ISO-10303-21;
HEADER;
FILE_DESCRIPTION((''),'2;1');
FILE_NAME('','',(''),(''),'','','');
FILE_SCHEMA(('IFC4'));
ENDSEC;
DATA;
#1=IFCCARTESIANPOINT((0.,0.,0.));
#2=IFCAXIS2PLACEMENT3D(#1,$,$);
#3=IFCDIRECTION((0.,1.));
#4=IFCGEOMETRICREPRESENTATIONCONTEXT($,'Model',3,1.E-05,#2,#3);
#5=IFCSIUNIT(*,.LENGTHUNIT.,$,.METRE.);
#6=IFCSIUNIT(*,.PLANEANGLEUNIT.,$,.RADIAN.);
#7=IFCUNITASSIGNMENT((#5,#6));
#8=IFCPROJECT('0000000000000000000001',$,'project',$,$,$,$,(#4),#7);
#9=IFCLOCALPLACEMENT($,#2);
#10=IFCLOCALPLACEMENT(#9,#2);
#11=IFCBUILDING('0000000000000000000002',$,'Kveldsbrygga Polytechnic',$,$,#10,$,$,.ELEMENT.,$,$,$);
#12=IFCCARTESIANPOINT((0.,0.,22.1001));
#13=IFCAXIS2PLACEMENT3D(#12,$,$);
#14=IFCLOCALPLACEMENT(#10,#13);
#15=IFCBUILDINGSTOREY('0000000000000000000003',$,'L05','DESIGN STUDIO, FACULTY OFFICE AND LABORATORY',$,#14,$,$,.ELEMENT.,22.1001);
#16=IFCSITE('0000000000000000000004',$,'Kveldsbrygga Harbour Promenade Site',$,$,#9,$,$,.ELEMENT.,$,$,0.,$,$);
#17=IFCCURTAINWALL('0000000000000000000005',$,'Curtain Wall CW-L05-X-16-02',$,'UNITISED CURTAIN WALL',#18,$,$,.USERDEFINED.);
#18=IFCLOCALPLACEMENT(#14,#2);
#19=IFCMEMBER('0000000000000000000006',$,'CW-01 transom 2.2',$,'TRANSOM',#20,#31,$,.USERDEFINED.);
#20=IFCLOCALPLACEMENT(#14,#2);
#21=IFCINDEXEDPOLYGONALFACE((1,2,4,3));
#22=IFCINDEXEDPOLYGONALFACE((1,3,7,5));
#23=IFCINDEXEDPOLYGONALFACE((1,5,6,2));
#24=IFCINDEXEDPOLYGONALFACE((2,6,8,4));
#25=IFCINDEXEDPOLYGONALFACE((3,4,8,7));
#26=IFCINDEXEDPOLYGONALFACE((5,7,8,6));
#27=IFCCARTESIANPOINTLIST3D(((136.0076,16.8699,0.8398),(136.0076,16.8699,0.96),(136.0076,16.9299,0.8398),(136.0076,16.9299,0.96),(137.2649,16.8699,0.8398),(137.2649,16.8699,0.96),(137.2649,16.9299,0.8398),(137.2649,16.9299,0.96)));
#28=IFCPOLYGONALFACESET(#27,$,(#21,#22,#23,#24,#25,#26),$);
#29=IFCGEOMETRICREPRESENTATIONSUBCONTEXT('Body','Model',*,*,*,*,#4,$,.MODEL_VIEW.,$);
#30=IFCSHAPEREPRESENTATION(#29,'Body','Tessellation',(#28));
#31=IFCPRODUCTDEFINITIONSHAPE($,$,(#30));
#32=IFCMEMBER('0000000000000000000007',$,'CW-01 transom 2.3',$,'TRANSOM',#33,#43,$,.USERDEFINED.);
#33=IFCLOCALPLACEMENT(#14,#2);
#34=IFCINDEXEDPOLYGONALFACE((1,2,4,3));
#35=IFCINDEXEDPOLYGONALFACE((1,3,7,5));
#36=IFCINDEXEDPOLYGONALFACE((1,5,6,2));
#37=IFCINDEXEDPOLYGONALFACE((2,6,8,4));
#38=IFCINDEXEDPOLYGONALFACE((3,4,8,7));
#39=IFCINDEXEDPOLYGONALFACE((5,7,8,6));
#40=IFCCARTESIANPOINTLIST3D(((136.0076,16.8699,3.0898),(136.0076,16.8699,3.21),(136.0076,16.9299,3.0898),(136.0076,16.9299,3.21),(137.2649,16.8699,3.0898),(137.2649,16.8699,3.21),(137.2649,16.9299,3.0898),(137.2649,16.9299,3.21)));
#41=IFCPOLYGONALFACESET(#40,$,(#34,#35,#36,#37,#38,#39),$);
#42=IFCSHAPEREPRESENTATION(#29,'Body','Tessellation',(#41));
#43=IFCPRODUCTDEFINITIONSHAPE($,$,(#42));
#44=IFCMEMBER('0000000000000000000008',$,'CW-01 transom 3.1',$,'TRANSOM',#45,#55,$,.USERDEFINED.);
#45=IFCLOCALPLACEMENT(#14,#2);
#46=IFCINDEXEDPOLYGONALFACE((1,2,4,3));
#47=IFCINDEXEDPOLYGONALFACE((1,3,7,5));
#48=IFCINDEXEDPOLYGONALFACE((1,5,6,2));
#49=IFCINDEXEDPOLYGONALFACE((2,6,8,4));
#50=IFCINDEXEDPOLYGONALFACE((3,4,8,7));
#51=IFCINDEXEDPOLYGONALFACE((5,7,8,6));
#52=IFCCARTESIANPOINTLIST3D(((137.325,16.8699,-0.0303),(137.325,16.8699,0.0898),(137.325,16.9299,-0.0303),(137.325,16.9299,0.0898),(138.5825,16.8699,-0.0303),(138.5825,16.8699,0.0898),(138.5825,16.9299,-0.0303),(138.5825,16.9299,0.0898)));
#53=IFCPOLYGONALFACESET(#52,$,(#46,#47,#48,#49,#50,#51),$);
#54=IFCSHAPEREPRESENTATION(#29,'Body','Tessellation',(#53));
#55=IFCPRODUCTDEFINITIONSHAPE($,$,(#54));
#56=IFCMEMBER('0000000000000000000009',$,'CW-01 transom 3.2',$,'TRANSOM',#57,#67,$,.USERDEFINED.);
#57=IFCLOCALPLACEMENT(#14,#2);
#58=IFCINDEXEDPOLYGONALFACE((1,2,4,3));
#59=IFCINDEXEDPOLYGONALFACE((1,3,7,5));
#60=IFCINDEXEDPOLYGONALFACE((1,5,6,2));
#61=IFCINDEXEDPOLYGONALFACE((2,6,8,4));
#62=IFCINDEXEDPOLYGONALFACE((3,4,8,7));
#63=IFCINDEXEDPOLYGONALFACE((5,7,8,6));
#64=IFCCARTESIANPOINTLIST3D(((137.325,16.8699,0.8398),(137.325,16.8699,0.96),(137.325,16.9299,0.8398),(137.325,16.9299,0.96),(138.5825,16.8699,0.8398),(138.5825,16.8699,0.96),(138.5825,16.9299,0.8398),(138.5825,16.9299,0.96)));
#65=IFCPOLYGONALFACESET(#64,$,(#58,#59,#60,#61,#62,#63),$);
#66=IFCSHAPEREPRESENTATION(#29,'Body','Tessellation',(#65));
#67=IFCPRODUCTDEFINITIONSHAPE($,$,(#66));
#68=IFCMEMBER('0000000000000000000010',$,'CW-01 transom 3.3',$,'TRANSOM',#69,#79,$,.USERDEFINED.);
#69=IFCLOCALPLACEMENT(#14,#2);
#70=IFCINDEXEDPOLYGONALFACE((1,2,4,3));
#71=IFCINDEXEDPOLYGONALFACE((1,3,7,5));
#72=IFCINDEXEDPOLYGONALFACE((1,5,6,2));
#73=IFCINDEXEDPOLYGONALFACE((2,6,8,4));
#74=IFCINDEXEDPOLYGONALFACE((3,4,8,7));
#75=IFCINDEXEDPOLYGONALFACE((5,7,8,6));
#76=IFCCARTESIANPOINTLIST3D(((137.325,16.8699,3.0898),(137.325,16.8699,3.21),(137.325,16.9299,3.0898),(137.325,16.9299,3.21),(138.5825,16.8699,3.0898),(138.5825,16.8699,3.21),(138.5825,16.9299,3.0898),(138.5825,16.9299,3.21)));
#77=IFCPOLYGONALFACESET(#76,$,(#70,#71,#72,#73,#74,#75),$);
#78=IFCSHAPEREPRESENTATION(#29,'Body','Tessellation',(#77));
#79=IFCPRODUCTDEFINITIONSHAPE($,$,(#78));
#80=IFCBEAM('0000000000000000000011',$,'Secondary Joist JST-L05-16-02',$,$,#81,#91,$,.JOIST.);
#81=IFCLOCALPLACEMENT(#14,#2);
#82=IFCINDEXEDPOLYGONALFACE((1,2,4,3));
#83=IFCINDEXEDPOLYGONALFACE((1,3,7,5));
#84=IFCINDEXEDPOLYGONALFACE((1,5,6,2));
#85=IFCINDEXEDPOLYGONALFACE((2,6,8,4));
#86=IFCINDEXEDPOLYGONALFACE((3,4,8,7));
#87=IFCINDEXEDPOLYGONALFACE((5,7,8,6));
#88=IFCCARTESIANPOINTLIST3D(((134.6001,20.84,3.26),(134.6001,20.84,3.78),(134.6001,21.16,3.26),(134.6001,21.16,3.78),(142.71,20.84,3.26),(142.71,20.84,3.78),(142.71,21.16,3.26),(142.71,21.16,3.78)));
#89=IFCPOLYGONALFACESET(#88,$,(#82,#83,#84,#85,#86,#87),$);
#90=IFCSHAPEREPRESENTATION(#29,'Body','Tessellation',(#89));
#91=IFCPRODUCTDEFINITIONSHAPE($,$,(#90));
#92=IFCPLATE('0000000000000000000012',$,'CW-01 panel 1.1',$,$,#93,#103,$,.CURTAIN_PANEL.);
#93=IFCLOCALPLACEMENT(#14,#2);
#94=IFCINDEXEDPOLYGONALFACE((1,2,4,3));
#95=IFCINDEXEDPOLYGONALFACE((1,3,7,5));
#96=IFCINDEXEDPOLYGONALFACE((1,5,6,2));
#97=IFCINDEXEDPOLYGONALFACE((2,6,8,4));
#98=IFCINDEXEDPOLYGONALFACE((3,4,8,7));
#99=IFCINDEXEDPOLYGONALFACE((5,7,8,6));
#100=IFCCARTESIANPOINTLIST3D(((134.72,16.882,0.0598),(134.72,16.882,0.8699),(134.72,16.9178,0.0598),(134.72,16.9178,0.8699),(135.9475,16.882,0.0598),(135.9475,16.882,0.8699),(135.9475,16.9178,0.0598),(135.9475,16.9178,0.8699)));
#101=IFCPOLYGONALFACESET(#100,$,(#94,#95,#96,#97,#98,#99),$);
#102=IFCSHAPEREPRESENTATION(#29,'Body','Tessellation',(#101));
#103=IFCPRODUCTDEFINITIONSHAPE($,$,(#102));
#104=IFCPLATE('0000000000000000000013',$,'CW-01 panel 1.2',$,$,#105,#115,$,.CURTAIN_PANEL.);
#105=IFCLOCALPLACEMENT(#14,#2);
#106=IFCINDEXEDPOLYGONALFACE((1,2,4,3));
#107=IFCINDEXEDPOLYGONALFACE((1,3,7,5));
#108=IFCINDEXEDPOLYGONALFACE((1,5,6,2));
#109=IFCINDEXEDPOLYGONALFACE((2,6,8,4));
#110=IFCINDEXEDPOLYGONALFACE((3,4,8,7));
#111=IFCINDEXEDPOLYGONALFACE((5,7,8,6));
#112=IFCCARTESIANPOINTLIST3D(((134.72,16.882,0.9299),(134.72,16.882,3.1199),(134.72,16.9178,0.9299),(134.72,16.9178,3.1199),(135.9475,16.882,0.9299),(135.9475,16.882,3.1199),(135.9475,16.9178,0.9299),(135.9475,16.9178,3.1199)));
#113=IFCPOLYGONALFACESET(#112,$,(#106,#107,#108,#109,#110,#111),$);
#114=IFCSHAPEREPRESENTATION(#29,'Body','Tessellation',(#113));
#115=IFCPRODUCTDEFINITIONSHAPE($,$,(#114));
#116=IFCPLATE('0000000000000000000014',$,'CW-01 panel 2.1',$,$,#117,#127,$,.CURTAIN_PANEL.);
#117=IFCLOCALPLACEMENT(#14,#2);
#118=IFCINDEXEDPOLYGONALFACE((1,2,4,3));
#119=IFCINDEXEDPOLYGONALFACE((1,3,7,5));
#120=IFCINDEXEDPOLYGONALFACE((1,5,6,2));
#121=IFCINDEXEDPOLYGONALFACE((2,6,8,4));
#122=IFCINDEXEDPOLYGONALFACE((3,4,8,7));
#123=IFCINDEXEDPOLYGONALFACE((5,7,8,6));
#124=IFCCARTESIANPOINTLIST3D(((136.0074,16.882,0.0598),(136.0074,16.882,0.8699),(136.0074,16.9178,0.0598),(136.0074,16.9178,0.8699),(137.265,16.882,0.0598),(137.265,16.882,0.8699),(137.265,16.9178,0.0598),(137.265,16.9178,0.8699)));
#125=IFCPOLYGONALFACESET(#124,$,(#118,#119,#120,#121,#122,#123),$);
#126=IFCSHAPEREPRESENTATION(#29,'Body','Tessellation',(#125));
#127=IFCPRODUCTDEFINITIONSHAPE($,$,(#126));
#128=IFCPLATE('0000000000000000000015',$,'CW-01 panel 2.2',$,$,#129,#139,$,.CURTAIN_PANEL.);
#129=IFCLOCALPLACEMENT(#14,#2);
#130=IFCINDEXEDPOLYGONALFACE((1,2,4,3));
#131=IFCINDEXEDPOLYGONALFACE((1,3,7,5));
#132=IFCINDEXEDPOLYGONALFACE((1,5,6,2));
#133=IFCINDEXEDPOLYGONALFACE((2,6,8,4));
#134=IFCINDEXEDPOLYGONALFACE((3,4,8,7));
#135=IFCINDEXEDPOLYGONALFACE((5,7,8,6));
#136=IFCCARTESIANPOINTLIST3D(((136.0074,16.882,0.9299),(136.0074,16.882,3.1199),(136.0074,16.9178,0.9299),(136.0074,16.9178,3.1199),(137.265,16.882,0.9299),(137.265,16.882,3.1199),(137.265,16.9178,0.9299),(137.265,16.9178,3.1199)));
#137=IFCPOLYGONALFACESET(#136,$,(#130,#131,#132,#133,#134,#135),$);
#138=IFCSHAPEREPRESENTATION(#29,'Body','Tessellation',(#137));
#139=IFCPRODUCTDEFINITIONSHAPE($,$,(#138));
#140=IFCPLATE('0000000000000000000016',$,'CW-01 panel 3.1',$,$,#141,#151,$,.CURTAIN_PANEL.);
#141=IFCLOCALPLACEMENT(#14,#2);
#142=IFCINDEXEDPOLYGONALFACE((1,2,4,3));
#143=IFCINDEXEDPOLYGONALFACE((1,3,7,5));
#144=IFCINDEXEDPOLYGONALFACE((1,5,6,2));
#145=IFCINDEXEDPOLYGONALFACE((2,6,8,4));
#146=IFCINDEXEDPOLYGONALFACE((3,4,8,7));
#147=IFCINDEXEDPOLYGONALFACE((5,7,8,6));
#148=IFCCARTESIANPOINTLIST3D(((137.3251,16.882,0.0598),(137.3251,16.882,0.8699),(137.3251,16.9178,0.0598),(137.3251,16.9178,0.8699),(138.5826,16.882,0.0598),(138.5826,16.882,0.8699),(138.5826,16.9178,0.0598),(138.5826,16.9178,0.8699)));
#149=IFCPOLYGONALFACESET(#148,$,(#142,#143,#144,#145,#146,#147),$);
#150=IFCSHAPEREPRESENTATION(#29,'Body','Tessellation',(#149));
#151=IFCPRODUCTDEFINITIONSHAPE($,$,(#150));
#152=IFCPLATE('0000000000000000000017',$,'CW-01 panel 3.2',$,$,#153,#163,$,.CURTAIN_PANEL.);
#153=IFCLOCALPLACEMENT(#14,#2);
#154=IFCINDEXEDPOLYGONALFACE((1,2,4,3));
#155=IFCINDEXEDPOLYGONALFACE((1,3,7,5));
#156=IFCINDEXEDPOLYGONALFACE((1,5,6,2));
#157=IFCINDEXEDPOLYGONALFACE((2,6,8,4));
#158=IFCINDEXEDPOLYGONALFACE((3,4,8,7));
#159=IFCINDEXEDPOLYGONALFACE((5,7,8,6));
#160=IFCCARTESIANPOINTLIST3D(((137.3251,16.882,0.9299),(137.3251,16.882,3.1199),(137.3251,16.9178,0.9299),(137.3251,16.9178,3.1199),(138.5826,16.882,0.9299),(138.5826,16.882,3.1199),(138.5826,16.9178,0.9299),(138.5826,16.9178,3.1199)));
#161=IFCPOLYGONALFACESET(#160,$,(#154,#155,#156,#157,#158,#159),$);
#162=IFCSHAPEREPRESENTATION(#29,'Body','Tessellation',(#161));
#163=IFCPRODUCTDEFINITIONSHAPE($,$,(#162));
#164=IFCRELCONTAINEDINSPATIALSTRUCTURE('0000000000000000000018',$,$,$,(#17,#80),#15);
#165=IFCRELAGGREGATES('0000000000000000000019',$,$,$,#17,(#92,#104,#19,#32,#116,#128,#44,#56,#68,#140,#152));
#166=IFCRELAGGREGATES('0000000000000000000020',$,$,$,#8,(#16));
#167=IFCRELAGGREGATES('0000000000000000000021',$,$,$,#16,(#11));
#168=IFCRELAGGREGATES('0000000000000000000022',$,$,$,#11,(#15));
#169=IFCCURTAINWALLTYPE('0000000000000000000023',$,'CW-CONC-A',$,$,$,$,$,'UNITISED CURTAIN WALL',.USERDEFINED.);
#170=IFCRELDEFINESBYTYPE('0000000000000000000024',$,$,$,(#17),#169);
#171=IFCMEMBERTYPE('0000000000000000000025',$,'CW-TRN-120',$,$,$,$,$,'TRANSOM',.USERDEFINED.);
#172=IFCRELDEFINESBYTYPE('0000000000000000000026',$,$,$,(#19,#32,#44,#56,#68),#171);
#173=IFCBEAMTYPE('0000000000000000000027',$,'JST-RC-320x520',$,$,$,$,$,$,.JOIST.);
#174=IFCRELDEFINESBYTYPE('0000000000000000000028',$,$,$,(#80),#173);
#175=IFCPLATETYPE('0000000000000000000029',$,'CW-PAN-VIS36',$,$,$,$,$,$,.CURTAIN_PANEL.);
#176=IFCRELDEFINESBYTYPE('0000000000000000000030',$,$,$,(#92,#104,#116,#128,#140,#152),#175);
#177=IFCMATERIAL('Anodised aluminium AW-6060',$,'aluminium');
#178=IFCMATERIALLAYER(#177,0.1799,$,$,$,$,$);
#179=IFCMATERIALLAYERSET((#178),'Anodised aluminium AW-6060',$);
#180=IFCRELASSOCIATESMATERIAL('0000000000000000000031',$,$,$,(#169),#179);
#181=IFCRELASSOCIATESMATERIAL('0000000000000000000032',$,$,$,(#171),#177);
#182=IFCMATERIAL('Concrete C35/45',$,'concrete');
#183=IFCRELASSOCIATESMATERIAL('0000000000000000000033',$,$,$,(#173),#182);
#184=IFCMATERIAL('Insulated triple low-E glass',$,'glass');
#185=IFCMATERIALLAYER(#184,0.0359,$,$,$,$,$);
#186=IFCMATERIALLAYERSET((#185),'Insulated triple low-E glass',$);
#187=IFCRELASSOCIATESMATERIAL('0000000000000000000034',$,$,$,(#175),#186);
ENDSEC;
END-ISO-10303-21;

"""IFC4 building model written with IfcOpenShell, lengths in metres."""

from ifc_helpers import new_model, si_unit, direction, frame, origin, origin_2d, place, context, subcontext, project, spatial, rectangle, extrude, material, layer, layer_set, material_profile, profile_set, type_object, element, aggregate, save


model = new_model("IFC4")

# Units and contexts
model_context = context("Model", 3, precision=1e-05, world=origin(), true_north=direction((0.0, 1.0)))
body_context = subcontext(model_context, "Body", "Model", "MODEL_VIEW")
ifc_project = project(units=[si_unit("LENGTHUNIT", "METRE"), si_unit("PLANEANGLEUNIT", "RADIAN")], contexts=[model_context])

# Site, building, storey
site_placement = place(None, origin())
site = spatial("IfcSite", under=ifc_project, at=site_placement, Name="Kveldsbrygga Harbour Promenade Site", CompositionType="ELEMENT", RefElevation=0.0)
building_placement = place(site_placement, origin())
building = spatial("IfcBuilding", under=site, at=building_placement, Name="Kveldsbrygga Polytechnic", CompositionType="ELEMENT")
storey_placement = place(building_placement, frame((0.0, 0.0, 22.1001)))
storey = spatial("IfcBuildingStorey", under=building, at=storey_placement, Name="L05", Description="DESIGN STUDIO, FACULTY OFFICE AND LABORATORY", CompositionType="ELEMENT", Elevation=22.1001)

# Shared definitions
ifc_material_1 = material(Name="Concrete C35/45", Category="concrete")

# Curtain wall, members
ifc_material_2 = material(Name="Anodised aluminium AW-6060", Category="aluminium")
ifc_layer_1 = layer(ifc_material_2, 0.1799)
ifc_layer_set_1 = layer_set([ifc_layer_1], Name="Anodised aluminium AW-6060")
curtain_wall_type = type_object("IfcCurtainWallType", Name="CW-CONC-A", ElementType="UNITISED CURTAIN WALL", PredefinedType="USERDEFINED", material=ifc_layer_set_1)
curtain_wall_placement = place(storey_placement, origin())
curtain_wall = element("IfcCurtainWall", 1, at=curtain_wall_placement, inside=storey, type_object=curtain_wall_type, Name="Curtain Wall CW-L05-X-16-02", ObjectType="UNITISED CURTAIN WALL", PredefinedType="USERDEFINED")
ifc_material_profile_1 = material_profile(ifc_material_2, rectangle(XDim=0.0601, YDim=0.1201, at=origin_2d()), Name="ALU 60x120")
ifc_profile_set_1 = profile_set([ifc_material_profile_1], Name="Anodised aluminium AW-6060")
member_type_1 = type_object("IfcMemberType", Name="CW-TRN-120", ElementType="TRANSOM", PredefinedType="USERDEFINED", material=ifc_profile_set_1)
member_1_placement = place(storey_placement, frame((136.0076, 16.8999, 0.8999), z_axis=(1.0, 0.0, 0.0), x_axis=(0.0, 1.0, 0.0)))
member_1 = element("IfcMember", 2, at=member_1_placement, type_object=member_type_1, Name="CW-01 transom 2.2", ObjectType="TRANSOM", PredefinedType="USERDEFINED", context=body_context, shape_type="SweptSolid", body=[
    extrude(rectangle(XDim=0.0601, YDim=0.1201, at=origin_2d()), origin(), (0.0, 0.0, 1.0), 1.2573),
])
member_2_placement = place(storey_placement, frame((136.0076, 16.8999, 3.1499), z_axis=(1.0, 0.0, 0.0), x_axis=(0.0, 1.0, 0.0)))
member_2 = element("IfcMember", 3, at=member_2_placement, type_object=member_type_1, Name="CW-01 transom 2.3", ObjectType="TRANSOM", PredefinedType="USERDEFINED", context=body_context, shape_type="SweptSolid", body=[
    extrude(rectangle(XDim=0.0601, YDim=0.1201, at=origin_2d()), origin(), (0.0, 0.0, 1.0), 1.2573),
])
member_3_placement = place(storey_placement, frame((137.325, 16.8999, 0.0298), z_axis=(1.0, 0.0, 0.0), x_axis=(0.0, 1.0, 0.0)))
member_3 = element("IfcMember", 4, at=member_3_placement, type_object=member_type_1, Name="CW-01 transom 3.1", ObjectType="TRANSOM", PredefinedType="USERDEFINED", context=body_context, shape_type="SweptSolid", body=[
    extrude(rectangle(XDim=0.0601, YDim=0.1201, at=origin_2d()), origin(), (0.0, 0.0, 1.0), 1.2576),
])
member_4_placement = place(storey_placement, frame((137.325, 16.8999, 0.8999), z_axis=(1.0, 0.0, 0.0), x_axis=(0.0, 1.0, 0.0)))
member_4 = element("IfcMember", 5, at=member_4_placement, type_object=member_type_1, Name="CW-01 transom 3.2", ObjectType="TRANSOM", PredefinedType="USERDEFINED", context=body_context, shape_type="SweptSolid", body=[
    extrude(rectangle(XDim=0.0601, YDim=0.1201, at=origin_2d()), origin(), (0.0, 0.0, 1.0), 1.2576),
])
member_5_placement = place(storey_placement, frame((137.325, 16.8999, 3.1499), z_axis=(1.0, 0.0, 0.0), x_axis=(0.0, 1.0, 0.0)))
member_5 = element("IfcMember", 6, at=member_5_placement, type_object=member_type_1, Name="CW-01 transom 3.3", ObjectType="TRANSOM", PredefinedType="USERDEFINED", context=body_context, shape_type="SweptSolid", body=[
    extrude(rectangle(XDim=0.0601, YDim=0.1201, at=origin_2d()), origin(), (0.0, 0.0, 1.0), 1.2576),
])

# Beam
ifc_material_profile_2 = material_profile(ifc_material_1, rectangle(XDim=0.3201, YDim=0.52, at=origin_2d()), Name="RC 320x520")
ifc_profile_set_2 = profile_set([ifc_material_profile_2], Name="Concrete C35/45")
beam_type_1 = type_object("IfcBeamType", Name="JST-RC-320x520", PredefinedType="JOIST", material=ifc_profile_set_2)
beam_1_placement = place(storey_placement, frame((134.6001, 21.0, 3.52), z_axis=(1.0, 0.0, 0.0), x_axis=(0.0, 1.0, 0.0)))
element("IfcBeam", 7, at=beam_1_placement, inside=storey, type_object=beam_type_1, Name="Secondary Joist JST-L05-16-02", PredefinedType="JOIST", context=body_context, shape_type="SweptSolid", body=[
    extrude(rectangle(XDim=0.3201, YDim=0.52, at=origin_2d()), origin(), (0.0, 0.0, 1.0), 8.1099),
])

# Plates
ifc_material_3 = material(Name="Insulated triple low-E glass", Category="glass")
ifc_layer_2 = layer(ifc_material_3, 0.0359)
ifc_layer_set_2 = layer_set([ifc_layer_2], Name="Insulated triple low-E glass")
plate_type = type_object("IfcPlateType", Name="CW-PAN-VIS36", PredefinedType="CURTAIN_PANEL", material=ifc_layer_set_2)
plate_1_placement = place(storey_placement, frame((135.3337, 16.8999, 0.0598), z_axis=(0.0, 0.0, 1.0), x_axis=(1.0, 0.0, 0.0)))
plate_1 = element("IfcPlate", 8, at=plate_1_placement, type_object=plate_type, Name="CW-01 panel 1.1", PredefinedType="CURTAIN_PANEL", context=body_context, shape_type="SweptSolid", body=[
    extrude(rectangle(XDim=1.2275, YDim=0.0359, at=origin_2d()), origin(), (0.0, 0.0, 1.0), 0.8101),
])
plate_2_placement = place(storey_placement, frame((135.3337, 16.8999, 0.9299), z_axis=(0.0, 0.0, 1.0), x_axis=(1.0, 0.0, 0.0)))
plate_2 = element("IfcPlate", 9, at=plate_2_placement, type_object=plate_type, Name="CW-01 panel 1.2", PredefinedType="CURTAIN_PANEL", context=body_context, shape_type="SweptSolid", body=[
    extrude(rectangle(XDim=1.2275, YDim=0.0359, at=origin_2d()), origin(), (0.0, 0.0, 1.0), 2.1899),
])
plate_3_placement = place(storey_placement, frame((136.6362, 16.8999, 0.0598), z_axis=(0.0, 0.0, 1.0), x_axis=(1.0, 0.0, 0.0)))
plate_3 = element("IfcPlate", 10, at=plate_3_placement, type_object=plate_type, Name="CW-01 panel 2.1", PredefinedType="CURTAIN_PANEL", context=body_context, shape_type="SweptSolid", body=[
    extrude(rectangle(XDim=1.2576, YDim=0.0359, at=origin_2d()), origin(), (0.0, 0.0, 1.0), 0.8101),
])
plate_4_placement = place(storey_placement, frame((136.6362, 16.8999, 0.9299), z_axis=(0.0, 0.0, 1.0), x_axis=(1.0, 0.0, 0.0)))
plate_4 = element("IfcPlate", 11, at=plate_4_placement, type_object=plate_type, Name="CW-01 panel 2.2", PredefinedType="CURTAIN_PANEL", context=body_context, shape_type="SweptSolid", body=[
    extrude(rectangle(XDim=1.2576, YDim=0.0359, at=origin_2d()), origin(), (0.0, 0.0, 1.0), 2.1899),
])
plate_5_placement = place(storey_placement, frame((137.9539, 16.8999, 0.0598), z_axis=(0.0, 0.0, 1.0), x_axis=(1.0, 0.0, 0.0)))
plate_5 = element("IfcPlate", 12, at=plate_5_placement, type_object=plate_type, Name="CW-01 panel 3.1", PredefinedType="CURTAIN_PANEL", context=body_context, shape_type="SweptSolid", body=[
    extrude(rectangle(XDim=1.2576, YDim=0.0359, at=origin_2d()), origin(), (0.0, 0.0, 1.0), 0.8101),
])
plate_6_placement = place(storey_placement, frame((137.9539, 16.8999, 0.9299), z_axis=(0.0, 0.0, 1.0), x_axis=(1.0, 0.0, 0.0)))
plate_6 = element("IfcPlate", 13, at=plate_6_placement, type_object=plate_type, Name="CW-01 panel 3.2", PredefinedType="CURTAIN_PANEL", context=body_context, shape_type="SweptSolid", body=[
    extrude(rectangle(XDim=1.2576, YDim=0.0359, at=origin_2d()), origin(), (0.0, 0.0, 1.0), 2.1899),
])
aggregate(curtain_wall, [plate_1, plate_2, member_1, member_2, plate_3, plate_4, member_3, member_4, member_5, plate_5, plate_6])

save(model, "model.ifc")
